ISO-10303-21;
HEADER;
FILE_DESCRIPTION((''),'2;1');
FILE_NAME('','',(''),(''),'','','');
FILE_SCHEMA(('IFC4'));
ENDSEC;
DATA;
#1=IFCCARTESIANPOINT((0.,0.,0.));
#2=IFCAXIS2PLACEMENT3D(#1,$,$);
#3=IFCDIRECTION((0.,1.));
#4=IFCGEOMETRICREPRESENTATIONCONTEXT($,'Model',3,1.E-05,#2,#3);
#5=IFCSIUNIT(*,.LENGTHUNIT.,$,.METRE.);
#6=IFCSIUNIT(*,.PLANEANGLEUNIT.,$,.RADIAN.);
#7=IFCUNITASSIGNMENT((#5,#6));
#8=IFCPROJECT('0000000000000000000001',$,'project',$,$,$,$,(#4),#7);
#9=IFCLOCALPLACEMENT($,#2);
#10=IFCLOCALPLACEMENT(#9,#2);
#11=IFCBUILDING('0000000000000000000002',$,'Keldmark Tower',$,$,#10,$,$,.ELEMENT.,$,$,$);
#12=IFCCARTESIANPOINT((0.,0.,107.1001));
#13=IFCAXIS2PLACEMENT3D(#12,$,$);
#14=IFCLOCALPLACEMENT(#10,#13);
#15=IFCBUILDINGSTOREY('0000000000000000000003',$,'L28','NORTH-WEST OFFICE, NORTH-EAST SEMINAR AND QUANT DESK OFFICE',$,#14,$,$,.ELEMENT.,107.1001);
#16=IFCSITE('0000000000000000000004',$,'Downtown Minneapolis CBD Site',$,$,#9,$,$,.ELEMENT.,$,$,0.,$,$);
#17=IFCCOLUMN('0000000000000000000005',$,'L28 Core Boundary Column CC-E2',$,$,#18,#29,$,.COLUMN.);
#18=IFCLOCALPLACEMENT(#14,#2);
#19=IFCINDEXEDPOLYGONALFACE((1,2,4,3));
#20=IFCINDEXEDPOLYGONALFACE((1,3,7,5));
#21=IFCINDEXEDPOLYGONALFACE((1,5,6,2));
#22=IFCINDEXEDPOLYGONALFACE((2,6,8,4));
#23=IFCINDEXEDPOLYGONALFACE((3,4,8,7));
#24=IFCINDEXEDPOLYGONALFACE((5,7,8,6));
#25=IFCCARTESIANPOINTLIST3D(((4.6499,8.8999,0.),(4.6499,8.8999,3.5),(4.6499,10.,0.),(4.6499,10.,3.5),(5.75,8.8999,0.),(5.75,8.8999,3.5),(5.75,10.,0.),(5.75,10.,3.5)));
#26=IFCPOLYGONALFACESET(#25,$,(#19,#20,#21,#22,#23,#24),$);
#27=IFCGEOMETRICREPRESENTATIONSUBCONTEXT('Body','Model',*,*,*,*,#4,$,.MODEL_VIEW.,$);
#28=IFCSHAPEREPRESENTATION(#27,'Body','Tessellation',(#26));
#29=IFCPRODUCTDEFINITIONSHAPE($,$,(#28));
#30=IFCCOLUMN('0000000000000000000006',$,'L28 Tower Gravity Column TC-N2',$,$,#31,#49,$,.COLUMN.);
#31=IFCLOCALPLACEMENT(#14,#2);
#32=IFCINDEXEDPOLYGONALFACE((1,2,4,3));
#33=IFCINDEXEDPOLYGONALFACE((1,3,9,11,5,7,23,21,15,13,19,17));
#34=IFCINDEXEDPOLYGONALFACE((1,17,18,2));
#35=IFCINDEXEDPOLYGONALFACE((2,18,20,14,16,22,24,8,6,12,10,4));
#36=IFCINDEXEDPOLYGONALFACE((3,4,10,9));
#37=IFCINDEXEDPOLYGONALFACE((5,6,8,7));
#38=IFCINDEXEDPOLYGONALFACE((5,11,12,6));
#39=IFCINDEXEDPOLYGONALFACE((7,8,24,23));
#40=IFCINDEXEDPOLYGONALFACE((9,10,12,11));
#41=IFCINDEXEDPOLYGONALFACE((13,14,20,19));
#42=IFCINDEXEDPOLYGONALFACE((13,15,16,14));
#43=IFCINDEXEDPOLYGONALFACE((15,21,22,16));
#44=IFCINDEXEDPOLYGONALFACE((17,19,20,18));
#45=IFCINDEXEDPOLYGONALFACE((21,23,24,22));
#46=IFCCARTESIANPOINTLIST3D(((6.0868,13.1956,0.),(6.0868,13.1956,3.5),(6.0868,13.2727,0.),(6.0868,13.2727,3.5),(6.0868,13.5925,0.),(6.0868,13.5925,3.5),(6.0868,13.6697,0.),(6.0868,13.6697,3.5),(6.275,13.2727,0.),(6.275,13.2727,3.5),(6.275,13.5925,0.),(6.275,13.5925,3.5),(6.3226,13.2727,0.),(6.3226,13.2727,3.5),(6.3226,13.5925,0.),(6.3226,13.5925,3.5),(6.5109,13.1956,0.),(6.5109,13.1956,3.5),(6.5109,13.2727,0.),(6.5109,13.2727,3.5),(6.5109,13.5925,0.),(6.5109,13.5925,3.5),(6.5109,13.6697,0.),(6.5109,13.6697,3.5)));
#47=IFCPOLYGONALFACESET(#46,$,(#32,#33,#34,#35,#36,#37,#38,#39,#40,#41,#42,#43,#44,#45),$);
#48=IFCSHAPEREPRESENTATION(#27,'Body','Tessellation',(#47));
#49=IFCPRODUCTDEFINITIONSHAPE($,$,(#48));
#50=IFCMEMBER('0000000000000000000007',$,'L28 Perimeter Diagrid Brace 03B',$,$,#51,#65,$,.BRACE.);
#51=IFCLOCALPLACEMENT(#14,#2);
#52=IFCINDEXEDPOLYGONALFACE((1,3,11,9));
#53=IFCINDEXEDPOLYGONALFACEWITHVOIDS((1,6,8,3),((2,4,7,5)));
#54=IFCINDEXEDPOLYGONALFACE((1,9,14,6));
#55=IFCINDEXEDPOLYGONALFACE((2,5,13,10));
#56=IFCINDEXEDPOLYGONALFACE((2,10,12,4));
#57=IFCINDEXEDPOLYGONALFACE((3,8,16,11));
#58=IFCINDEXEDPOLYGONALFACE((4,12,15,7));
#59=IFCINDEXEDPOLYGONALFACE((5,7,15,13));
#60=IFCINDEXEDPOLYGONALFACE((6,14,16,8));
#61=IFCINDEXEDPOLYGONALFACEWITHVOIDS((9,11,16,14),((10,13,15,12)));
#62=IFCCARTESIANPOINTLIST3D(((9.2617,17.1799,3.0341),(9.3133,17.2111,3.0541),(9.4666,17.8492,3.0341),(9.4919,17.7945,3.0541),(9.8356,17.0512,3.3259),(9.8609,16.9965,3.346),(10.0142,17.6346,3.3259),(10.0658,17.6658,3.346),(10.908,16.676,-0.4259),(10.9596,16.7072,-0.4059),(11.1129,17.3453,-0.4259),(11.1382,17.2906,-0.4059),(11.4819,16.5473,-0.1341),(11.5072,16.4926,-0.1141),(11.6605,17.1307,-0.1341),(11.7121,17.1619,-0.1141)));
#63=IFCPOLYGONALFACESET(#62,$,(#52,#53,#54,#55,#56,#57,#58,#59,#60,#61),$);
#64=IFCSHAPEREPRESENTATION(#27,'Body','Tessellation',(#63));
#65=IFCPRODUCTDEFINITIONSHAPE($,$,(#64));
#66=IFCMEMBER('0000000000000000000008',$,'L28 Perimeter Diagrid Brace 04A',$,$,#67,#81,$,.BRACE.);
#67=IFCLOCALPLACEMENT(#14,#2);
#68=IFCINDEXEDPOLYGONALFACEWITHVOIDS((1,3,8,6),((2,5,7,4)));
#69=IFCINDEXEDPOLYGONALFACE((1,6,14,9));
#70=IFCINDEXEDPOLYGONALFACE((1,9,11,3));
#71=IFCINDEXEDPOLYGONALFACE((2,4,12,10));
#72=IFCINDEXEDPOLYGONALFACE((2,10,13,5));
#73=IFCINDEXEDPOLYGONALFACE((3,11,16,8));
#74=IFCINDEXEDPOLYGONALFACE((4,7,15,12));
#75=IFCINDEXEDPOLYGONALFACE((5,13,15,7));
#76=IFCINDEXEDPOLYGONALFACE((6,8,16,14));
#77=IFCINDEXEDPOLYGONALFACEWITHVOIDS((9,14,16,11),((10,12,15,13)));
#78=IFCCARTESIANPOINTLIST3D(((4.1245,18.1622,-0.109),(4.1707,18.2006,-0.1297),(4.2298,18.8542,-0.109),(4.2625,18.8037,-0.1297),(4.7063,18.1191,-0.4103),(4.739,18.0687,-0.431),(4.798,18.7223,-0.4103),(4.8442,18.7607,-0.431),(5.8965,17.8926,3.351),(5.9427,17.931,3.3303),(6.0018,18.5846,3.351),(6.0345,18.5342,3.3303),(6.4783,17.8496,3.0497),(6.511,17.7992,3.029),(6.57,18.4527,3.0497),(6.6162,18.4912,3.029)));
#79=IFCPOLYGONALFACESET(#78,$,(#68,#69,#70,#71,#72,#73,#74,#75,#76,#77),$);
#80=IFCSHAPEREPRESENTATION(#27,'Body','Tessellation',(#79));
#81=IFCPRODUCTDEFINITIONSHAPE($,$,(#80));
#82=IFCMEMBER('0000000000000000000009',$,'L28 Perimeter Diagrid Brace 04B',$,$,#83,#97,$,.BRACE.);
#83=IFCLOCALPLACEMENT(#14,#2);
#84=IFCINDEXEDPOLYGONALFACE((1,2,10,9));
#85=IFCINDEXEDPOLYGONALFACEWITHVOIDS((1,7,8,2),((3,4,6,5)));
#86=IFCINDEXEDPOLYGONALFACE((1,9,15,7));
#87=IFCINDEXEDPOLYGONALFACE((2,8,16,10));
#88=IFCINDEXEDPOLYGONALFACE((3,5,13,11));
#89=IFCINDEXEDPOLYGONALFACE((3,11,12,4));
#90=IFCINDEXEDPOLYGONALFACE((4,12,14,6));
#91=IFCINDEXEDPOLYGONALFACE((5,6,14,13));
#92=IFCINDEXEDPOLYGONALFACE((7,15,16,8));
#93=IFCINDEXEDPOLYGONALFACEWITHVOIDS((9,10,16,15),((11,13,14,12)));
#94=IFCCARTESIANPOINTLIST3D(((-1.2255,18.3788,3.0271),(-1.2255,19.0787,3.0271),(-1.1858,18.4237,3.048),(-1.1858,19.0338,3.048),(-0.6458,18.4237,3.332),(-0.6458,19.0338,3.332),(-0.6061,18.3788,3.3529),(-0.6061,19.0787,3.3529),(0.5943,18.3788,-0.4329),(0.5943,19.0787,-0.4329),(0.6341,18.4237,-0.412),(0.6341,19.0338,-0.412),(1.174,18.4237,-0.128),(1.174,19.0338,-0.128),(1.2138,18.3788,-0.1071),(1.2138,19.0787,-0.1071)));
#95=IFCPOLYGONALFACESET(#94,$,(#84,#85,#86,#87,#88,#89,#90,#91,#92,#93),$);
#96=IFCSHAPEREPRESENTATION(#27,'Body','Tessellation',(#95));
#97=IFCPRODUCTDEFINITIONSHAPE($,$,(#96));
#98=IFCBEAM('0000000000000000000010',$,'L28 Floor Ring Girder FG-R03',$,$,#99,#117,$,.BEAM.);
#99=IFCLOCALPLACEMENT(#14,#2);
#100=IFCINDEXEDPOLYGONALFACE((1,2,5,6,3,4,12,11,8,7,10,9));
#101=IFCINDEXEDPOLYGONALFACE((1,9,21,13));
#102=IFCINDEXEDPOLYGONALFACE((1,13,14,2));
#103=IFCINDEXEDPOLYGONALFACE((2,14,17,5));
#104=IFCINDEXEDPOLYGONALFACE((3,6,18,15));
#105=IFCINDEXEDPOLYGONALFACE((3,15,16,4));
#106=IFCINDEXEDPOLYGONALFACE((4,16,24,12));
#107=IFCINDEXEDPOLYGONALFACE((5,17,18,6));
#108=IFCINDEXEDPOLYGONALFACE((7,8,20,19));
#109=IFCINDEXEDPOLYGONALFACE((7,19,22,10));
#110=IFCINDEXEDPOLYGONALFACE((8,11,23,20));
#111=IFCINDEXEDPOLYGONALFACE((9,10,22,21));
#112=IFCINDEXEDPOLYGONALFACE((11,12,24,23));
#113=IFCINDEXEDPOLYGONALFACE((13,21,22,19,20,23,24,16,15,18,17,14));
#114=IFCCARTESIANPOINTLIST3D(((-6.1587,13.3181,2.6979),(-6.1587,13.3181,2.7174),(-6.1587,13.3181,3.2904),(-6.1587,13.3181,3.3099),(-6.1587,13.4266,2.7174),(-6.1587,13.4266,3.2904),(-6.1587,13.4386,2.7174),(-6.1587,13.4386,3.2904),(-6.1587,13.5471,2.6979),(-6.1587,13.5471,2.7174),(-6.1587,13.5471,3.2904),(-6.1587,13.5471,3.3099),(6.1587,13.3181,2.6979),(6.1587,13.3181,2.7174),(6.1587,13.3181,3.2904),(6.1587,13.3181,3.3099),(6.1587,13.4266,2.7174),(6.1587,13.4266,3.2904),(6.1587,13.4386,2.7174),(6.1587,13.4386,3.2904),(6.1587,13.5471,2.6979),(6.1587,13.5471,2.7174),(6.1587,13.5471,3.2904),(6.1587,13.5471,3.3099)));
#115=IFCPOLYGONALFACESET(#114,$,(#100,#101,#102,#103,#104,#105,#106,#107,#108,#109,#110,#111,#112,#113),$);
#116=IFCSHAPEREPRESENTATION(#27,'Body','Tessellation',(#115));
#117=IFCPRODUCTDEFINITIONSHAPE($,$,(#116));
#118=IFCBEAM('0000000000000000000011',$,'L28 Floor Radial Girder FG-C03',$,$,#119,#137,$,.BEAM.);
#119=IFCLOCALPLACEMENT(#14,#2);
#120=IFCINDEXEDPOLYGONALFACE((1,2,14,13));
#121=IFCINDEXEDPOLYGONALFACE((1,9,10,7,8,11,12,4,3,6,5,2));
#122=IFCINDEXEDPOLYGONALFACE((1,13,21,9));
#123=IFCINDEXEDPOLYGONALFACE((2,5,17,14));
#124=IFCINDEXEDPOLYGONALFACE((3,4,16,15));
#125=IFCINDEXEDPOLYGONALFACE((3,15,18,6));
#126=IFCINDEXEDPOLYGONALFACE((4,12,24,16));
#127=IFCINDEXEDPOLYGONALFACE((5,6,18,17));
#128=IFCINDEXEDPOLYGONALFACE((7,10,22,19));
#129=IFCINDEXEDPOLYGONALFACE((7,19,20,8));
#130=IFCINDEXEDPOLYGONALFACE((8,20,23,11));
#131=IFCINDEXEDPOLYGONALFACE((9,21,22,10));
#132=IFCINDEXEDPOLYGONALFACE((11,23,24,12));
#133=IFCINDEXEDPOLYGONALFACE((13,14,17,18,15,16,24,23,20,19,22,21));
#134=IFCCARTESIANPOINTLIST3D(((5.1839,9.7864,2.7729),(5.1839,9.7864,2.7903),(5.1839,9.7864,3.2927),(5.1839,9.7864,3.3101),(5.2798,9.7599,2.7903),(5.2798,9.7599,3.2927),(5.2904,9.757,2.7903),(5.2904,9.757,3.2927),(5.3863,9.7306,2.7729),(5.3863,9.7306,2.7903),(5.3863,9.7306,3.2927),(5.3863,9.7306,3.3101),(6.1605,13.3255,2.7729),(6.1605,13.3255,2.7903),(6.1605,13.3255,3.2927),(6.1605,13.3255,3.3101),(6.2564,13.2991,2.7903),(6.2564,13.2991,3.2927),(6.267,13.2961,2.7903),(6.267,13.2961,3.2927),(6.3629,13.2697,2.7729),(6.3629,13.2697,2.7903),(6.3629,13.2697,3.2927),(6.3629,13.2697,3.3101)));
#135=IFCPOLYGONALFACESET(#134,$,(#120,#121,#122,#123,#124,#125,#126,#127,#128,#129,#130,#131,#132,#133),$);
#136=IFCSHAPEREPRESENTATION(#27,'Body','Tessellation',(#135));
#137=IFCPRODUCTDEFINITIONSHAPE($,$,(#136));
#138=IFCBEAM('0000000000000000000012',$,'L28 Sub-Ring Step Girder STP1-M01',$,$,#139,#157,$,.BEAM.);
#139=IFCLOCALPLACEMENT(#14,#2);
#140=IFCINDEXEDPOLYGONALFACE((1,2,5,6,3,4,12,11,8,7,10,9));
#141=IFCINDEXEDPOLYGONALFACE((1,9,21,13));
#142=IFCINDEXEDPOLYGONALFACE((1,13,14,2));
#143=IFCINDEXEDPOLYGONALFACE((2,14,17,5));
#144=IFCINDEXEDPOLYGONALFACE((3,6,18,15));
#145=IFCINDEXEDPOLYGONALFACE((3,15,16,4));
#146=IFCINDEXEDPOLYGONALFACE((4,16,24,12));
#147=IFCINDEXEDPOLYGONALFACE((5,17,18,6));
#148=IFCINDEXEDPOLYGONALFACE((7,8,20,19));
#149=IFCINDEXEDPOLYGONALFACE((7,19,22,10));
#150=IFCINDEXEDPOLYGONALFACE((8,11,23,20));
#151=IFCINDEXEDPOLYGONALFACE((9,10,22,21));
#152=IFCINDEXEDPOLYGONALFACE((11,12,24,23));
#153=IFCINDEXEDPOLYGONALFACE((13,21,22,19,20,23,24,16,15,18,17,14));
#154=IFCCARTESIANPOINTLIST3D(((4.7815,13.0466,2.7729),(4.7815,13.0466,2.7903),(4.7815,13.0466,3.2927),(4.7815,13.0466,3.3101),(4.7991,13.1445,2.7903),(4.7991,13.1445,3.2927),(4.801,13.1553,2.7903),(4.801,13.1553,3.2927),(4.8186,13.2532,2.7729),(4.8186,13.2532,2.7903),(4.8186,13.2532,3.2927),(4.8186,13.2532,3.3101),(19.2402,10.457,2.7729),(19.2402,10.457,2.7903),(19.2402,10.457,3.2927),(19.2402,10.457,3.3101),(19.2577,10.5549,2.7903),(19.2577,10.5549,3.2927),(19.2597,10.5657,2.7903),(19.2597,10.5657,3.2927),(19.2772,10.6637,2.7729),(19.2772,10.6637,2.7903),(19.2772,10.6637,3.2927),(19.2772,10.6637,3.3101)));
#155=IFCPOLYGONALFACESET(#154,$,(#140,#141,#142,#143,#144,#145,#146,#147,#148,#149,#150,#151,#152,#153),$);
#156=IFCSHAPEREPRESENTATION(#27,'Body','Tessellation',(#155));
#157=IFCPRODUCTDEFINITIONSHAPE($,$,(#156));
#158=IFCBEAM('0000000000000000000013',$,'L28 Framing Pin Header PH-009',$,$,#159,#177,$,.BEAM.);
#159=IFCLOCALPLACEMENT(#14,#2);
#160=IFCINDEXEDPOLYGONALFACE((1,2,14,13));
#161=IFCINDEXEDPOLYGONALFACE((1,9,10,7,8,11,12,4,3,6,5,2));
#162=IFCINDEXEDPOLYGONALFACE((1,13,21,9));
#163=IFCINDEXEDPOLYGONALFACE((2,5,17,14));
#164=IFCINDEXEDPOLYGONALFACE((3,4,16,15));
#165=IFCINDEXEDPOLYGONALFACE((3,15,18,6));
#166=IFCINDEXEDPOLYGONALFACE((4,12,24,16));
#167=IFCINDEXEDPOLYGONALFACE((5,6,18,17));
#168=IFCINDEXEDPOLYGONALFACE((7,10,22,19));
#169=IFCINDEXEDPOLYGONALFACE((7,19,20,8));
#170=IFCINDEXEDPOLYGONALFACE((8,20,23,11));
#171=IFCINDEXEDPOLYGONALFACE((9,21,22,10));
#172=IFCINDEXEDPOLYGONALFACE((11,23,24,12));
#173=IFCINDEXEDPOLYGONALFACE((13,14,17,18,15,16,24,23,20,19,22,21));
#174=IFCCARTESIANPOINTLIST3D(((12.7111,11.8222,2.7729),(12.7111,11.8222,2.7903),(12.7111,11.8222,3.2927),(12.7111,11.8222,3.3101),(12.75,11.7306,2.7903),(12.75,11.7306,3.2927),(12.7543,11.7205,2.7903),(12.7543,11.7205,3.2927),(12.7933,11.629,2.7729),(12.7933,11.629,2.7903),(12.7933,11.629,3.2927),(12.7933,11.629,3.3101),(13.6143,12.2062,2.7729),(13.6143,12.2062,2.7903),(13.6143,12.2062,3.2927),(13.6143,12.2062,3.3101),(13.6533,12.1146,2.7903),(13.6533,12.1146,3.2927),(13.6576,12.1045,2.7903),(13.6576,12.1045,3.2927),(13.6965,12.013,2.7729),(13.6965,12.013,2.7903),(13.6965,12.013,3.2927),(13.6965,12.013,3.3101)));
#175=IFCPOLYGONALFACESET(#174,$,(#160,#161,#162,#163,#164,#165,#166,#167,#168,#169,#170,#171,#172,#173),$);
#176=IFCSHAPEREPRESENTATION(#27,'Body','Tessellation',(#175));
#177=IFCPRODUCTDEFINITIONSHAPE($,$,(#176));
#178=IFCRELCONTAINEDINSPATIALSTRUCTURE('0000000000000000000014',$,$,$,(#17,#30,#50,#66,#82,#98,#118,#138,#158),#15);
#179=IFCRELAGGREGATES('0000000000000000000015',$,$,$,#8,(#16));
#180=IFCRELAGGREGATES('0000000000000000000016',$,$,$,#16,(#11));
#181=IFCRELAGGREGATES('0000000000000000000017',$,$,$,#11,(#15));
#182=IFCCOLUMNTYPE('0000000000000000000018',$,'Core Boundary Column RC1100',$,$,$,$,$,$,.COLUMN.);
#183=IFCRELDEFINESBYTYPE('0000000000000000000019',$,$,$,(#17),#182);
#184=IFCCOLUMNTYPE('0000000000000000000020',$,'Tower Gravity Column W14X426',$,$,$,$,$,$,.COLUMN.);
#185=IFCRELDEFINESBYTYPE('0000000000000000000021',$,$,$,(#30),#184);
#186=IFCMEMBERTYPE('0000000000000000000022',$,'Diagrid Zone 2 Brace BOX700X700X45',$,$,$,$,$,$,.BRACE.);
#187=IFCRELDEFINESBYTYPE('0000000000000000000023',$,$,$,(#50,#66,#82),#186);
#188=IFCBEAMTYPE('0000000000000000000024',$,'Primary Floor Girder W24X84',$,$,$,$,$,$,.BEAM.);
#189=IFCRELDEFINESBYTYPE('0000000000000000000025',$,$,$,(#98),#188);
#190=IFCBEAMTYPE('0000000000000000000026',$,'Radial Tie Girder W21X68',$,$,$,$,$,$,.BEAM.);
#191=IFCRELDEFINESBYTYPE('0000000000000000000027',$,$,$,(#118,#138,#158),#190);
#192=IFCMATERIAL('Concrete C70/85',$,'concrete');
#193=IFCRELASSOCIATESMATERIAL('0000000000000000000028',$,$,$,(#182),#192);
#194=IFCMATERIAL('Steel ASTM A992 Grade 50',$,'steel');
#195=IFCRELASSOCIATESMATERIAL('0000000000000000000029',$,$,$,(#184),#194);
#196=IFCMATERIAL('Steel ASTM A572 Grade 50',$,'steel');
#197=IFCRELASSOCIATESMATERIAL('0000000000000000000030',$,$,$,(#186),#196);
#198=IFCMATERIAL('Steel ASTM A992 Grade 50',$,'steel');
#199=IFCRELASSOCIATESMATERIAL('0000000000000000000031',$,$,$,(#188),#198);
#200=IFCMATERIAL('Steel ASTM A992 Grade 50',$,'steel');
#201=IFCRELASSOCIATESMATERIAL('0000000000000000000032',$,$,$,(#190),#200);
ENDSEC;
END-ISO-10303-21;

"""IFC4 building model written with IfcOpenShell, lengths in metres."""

from ifc_helpers import new_model, si_unit, direction, frame, origin, origin_2d, place, context, subcontext, project, spatial, rectangle, hollow_rectangle, i_section, extrude, material, material_profile, profile_set, type_object, element, save


model = new_model("IFC4")

# Units and contexts
model_context = context("Model", 3, precision=1e-05, world=origin(), true_north=direction((0.0, 1.0)))
body_context = subcontext(model_context, "Body", "Model", "MODEL_VIEW")
ifc_project = project(units=[si_unit("LENGTHUNIT", "METRE"), si_unit("PLANEANGLEUNIT", "RADIAN")], contexts=[model_context])

# Site, building, storey
site_placement = place(None, origin())
site = spatial("IfcSite", under=ifc_project, at=site_placement, Name="Downtown Minneapolis CBD Site", CompositionType="ELEMENT", RefElevation=0.0)
building_placement = place(site_placement, origin())
building = spatial("IfcBuilding", under=site, at=building_placement, Name="Keldmark Tower", CompositionType="ELEMENT")
storey_placement = place(building_placement, frame((0.0, 0.0, 107.1001)))
storey = spatial("IfcBuildingStorey", under=building, at=storey_placement, Name="L28", Description="NORTH-WEST OFFICE, NORTH-EAST SEMINAR AND QUANT DESK OFFICE", CompositionType="ELEMENT", Elevation=107.1001)

# Columns
ifc_material_1 = material(Name="Concrete C70/85", Category="concrete")
ifc_material_profile_1 = material_profile(ifc_material_1, rectangle(XDim=1.1001, YDim=1.1001, at=origin_2d()), Name="RC1100X1100")
ifc_profile_set_1 = profile_set([ifc_material_profile_1], Name="Concrete C70/85")
column_type_1 = type_object("IfcColumnType", Name="Core Boundary Column RC1100", PredefinedType="COLUMN", material=ifc_profile_set_1)
column_1_placement = place(storey_placement, frame((5.2, 9.45, 0.0), z_axis=(0.0, 0.0, 1.0), x_axis=(1.0, 0.0, 0.0)))
element("IfcColumn", 1, at=column_1_placement, inside=storey, type_object=column_type_1, Name="L28 Core Boundary Column CC-E2", PredefinedType="COLUMN", context=body_context, shape_type="SweptSolid", body=[
    extrude(rectangle(XDim=1.1001, YDim=1.1001, at=origin_2d()), origin(), (0.0, 0.0, 1.0), 3.5),
])
ifc_material_2 = material(Name="Steel ASTM A992 Grade 50", Category="steel")
ifc_material_profile_2 = material_profile(ifc_material_2, i_section(OverallWidth=0.4241, OverallDepth=0.4741, WebThickness=0.0476, FlangeThickness=0.0771, at=origin_2d()), Name="W14X426")
ifc_profile_set_2 = profile_set([ifc_material_profile_2], Name="Steel ASTM A992 Grade 50")
column_type_2 = type_object("IfcColumnType", Name="Tower Gravity Column W14X426", PredefinedType="COLUMN", material=ifc_profile_set_2)
column_2_placement = place(storey_placement, frame((6.2988, 13.4326, 0.0), z_axis=(0.0, 0.0, 1.0), x_axis=(1.0, 0.0, 0.0)))
element("IfcColumn", 2, at=column_2_placement, inside=storey, type_object=column_type_2, Name="L28 Tower Gravity Column TC-N2", PredefinedType="COLUMN", context=body_context, shape_type="SweptSolid", body=[
    extrude(i_section(OverallWidth=0.4241, OverallDepth=0.4741, WebThickness=0.0476, FlangeThickness=0.0771, at=origin_2d()), origin(), (0.0, 0.0, 1.0), 3.5),
])

# Members
ifc_material_3 = material(Name="Steel ASTM A572 Grade 50", Category="steel")
ifc_material_profile_3 = material_profile(ifc_material_3, hollow_rectangle(XDim=0.7, YDim=0.7, WallThickness=0.0449, at=origin_2d()), Name="BOX700X700X45")
ifc_profile_set_3 = profile_set([ifc_material_profile_3], Name="Steel ASTM A572 Grade 50")
member_type = type_object("IfcMemberType", Name="Diagrid Zone 2 Brace BOX700X700X45", PredefinedType="BRACE", material=ifc_profile_set_3)
member_1_placement = place(storey_placement, frame((11.3101, 16.9189, -0.27), z_axis=(-0.425976, 0.130389, 0.895289), x_axis=(-0.29269, -0.956207, 0.0)))
element("IfcMember", 3, at=member_1_placement, inside=storey, type_object=member_type, Name="L28 Perimeter Diagrid Brace 03B", PredefinedType="BRACE", context=body_context, shape_type="SweptSolid", body=[
    extrude(hollow_rectangle(XDim=0.7, YDim=0.7, WallThickness=0.0449, at=origin_2d()), origin(), (0.0, 0.0, 1.0), 3.8647),
])
member_2_placement = place(storey_placement, frame((4.4844, 18.4614, -0.27), z_axis=(0.454743, -0.06917, 0.887933), x_axis=(0.150378, 0.988629, 0.0)))
element("IfcMember", 4, at=member_2_placement, inside=storey, type_object=member_type, Name="L28 Perimeter Diagrid Brace 04A", PredefinedType="BRACE", context=body_context, shape_type="SweptSolid", body=[
    extrude(hollow_rectangle(XDim=0.7, YDim=0.7, WallThickness=0.0449, at=origin_2d()), origin(), (0.0, 0.0, 1.0), 3.8967),
])
member_3_placement = place(storey_placement, frame((0.9041, 18.7288, -0.27), z_axis=(-0.465504, 0.0, 0.885046), x_axis=(0.0, -1.0, 0.0)))
element("IfcMember", 5, at=member_3_placement, inside=storey, type_object=member_type, Name="L28 Perimeter Diagrid Brace 04B", PredefinedType="BRACE", context=body_context, shape_type="SweptSolid", body=[
    extrude(hollow_rectangle(XDim=0.7, YDim=0.7, WallThickness=0.0449, at=origin_2d()), origin(), (0.0, 0.0, 1.0), 3.9094),
])

# Beams
ifc_material_4 = material(Name="Steel ASTM A992 Grade 50", Category="steel")
ifc_material_profile_4 = material_profile(ifc_material_4, i_section(OverallWidth=0.229, OverallDepth=0.6121, WebThickness=0.012, FlangeThickness=0.0195, at=origin_2d()), Name="W24X84")
ifc_profile_set_4 = profile_set([ifc_material_profile_4], Name="Steel ASTM A992 Grade 50")
beam_type_1 = type_object("IfcBeamType", Name="Primary Floor Girder W24X84", PredefinedType="BEAM", material=ifc_profile_set_4)
beam_1_placement = place(storey_placement, frame((6.1587, 13.4326, 3.0039), z_axis=(-1.0, 0.0, 0.0), x_axis=(0.0, -1.0, 0.0)))
element("IfcBeam", 6, at=beam_1_placement, inside=storey, type_object=beam_type_1, Name="L28 Floor Ring Girder FG-R03", PredefinedType="BEAM", context=body_context, shape_type="SweptSolid", body=[
    extrude(i_section(OverallWidth=0.229, OverallDepth=0.6121, WebThickness=0.012, FlangeThickness=0.0195, at=origin_2d()), origin(), (0.0, 0.0, 1.0), 12.3174),
])
ifc_material_5 = material(Name="Steel ASTM A992 Grade 50", Category="steel")
ifc_material_profile_5 = material_profile(ifc_material_5, i_section(OverallWidth=0.21, OverallDepth=0.5371, WebThickness=0.011, FlangeThickness=0.0173, at=origin_2d()), Name="W21X68")
ifc_profile_set_5 = profile_set([ifc_material_profile_5], Name="Steel ASTM A992 Grade 50")
beam_type_2 = type_object("IfcBeamType", Name="Radial Tie Girder W21X68", PredefinedType="BEAM", material=ifc_profile_set_5)
beam_2_placement = place(storey_placement, frame((6.2617, 13.2976, 3.0415), z_axis=(-0.265997, -0.963974, 0.0), x_axis=(0.963974, -0.265997, 0.0)))
element("IfcBeam", 7, at=beam_2_placement, inside=storey, type_object=beam_type_2, Name="L28 Floor Radial Girder FG-C03", PredefinedType="BEAM", context=body_context, shape_type="SweptSolid", body=[
    extrude(i_section(OverallWidth=0.21, OverallDepth=0.5371, WebThickness=0.011, FlangeThickness=0.0173, at=origin_2d()), origin(), (0.0, 0.0, 1.0), 3.6714),
])
beam_3_placement = place(storey_placement, frame((4.8, 13.1499, 3.0415), z_axis=(0.984337, -0.176297, 0.0), x_axis=(0.176297, 0.984337, 0.0)))
element("IfcBeam", 8, at=beam_3_placement, inside=storey, type_object=beam_type_2, Name="L28 Sub-Ring Step Girder STP1-M01", PredefinedType="BEAM", context=body_context, shape_type="SweptSolid", body=[
    extrude(i_section(OverallWidth=0.21, OverallDepth=0.5371, WebThickness=0.011, FlangeThickness=0.0173, at=origin_2d()), origin(), (0.0, 0.0, 1.0), 14.6887),
])
beam_4_placement = place(storey_placement, frame((12.7522, 11.7256, 3.0415), z_axis=(0.920286, 0.391246, 0.0), x_axis=(-0.391246, 0.920286, 0.0)))
element("IfcBeam", 9, at=beam_4_placement, inside=storey, type_object=beam_type_2, Name="L28 Framing Pin Header PH-009", PredefinedType="BEAM", context=body_context, shape_type="SweptSolid", body=[
    extrude(i_section(OverallWidth=0.21, OverallDepth=0.5371, WebThickness=0.011, FlangeThickness=0.0173, at=origin_2d()), origin(), (0.0, 0.0, 1.0), 0.9814),
])

save(model, "model.ifc")
